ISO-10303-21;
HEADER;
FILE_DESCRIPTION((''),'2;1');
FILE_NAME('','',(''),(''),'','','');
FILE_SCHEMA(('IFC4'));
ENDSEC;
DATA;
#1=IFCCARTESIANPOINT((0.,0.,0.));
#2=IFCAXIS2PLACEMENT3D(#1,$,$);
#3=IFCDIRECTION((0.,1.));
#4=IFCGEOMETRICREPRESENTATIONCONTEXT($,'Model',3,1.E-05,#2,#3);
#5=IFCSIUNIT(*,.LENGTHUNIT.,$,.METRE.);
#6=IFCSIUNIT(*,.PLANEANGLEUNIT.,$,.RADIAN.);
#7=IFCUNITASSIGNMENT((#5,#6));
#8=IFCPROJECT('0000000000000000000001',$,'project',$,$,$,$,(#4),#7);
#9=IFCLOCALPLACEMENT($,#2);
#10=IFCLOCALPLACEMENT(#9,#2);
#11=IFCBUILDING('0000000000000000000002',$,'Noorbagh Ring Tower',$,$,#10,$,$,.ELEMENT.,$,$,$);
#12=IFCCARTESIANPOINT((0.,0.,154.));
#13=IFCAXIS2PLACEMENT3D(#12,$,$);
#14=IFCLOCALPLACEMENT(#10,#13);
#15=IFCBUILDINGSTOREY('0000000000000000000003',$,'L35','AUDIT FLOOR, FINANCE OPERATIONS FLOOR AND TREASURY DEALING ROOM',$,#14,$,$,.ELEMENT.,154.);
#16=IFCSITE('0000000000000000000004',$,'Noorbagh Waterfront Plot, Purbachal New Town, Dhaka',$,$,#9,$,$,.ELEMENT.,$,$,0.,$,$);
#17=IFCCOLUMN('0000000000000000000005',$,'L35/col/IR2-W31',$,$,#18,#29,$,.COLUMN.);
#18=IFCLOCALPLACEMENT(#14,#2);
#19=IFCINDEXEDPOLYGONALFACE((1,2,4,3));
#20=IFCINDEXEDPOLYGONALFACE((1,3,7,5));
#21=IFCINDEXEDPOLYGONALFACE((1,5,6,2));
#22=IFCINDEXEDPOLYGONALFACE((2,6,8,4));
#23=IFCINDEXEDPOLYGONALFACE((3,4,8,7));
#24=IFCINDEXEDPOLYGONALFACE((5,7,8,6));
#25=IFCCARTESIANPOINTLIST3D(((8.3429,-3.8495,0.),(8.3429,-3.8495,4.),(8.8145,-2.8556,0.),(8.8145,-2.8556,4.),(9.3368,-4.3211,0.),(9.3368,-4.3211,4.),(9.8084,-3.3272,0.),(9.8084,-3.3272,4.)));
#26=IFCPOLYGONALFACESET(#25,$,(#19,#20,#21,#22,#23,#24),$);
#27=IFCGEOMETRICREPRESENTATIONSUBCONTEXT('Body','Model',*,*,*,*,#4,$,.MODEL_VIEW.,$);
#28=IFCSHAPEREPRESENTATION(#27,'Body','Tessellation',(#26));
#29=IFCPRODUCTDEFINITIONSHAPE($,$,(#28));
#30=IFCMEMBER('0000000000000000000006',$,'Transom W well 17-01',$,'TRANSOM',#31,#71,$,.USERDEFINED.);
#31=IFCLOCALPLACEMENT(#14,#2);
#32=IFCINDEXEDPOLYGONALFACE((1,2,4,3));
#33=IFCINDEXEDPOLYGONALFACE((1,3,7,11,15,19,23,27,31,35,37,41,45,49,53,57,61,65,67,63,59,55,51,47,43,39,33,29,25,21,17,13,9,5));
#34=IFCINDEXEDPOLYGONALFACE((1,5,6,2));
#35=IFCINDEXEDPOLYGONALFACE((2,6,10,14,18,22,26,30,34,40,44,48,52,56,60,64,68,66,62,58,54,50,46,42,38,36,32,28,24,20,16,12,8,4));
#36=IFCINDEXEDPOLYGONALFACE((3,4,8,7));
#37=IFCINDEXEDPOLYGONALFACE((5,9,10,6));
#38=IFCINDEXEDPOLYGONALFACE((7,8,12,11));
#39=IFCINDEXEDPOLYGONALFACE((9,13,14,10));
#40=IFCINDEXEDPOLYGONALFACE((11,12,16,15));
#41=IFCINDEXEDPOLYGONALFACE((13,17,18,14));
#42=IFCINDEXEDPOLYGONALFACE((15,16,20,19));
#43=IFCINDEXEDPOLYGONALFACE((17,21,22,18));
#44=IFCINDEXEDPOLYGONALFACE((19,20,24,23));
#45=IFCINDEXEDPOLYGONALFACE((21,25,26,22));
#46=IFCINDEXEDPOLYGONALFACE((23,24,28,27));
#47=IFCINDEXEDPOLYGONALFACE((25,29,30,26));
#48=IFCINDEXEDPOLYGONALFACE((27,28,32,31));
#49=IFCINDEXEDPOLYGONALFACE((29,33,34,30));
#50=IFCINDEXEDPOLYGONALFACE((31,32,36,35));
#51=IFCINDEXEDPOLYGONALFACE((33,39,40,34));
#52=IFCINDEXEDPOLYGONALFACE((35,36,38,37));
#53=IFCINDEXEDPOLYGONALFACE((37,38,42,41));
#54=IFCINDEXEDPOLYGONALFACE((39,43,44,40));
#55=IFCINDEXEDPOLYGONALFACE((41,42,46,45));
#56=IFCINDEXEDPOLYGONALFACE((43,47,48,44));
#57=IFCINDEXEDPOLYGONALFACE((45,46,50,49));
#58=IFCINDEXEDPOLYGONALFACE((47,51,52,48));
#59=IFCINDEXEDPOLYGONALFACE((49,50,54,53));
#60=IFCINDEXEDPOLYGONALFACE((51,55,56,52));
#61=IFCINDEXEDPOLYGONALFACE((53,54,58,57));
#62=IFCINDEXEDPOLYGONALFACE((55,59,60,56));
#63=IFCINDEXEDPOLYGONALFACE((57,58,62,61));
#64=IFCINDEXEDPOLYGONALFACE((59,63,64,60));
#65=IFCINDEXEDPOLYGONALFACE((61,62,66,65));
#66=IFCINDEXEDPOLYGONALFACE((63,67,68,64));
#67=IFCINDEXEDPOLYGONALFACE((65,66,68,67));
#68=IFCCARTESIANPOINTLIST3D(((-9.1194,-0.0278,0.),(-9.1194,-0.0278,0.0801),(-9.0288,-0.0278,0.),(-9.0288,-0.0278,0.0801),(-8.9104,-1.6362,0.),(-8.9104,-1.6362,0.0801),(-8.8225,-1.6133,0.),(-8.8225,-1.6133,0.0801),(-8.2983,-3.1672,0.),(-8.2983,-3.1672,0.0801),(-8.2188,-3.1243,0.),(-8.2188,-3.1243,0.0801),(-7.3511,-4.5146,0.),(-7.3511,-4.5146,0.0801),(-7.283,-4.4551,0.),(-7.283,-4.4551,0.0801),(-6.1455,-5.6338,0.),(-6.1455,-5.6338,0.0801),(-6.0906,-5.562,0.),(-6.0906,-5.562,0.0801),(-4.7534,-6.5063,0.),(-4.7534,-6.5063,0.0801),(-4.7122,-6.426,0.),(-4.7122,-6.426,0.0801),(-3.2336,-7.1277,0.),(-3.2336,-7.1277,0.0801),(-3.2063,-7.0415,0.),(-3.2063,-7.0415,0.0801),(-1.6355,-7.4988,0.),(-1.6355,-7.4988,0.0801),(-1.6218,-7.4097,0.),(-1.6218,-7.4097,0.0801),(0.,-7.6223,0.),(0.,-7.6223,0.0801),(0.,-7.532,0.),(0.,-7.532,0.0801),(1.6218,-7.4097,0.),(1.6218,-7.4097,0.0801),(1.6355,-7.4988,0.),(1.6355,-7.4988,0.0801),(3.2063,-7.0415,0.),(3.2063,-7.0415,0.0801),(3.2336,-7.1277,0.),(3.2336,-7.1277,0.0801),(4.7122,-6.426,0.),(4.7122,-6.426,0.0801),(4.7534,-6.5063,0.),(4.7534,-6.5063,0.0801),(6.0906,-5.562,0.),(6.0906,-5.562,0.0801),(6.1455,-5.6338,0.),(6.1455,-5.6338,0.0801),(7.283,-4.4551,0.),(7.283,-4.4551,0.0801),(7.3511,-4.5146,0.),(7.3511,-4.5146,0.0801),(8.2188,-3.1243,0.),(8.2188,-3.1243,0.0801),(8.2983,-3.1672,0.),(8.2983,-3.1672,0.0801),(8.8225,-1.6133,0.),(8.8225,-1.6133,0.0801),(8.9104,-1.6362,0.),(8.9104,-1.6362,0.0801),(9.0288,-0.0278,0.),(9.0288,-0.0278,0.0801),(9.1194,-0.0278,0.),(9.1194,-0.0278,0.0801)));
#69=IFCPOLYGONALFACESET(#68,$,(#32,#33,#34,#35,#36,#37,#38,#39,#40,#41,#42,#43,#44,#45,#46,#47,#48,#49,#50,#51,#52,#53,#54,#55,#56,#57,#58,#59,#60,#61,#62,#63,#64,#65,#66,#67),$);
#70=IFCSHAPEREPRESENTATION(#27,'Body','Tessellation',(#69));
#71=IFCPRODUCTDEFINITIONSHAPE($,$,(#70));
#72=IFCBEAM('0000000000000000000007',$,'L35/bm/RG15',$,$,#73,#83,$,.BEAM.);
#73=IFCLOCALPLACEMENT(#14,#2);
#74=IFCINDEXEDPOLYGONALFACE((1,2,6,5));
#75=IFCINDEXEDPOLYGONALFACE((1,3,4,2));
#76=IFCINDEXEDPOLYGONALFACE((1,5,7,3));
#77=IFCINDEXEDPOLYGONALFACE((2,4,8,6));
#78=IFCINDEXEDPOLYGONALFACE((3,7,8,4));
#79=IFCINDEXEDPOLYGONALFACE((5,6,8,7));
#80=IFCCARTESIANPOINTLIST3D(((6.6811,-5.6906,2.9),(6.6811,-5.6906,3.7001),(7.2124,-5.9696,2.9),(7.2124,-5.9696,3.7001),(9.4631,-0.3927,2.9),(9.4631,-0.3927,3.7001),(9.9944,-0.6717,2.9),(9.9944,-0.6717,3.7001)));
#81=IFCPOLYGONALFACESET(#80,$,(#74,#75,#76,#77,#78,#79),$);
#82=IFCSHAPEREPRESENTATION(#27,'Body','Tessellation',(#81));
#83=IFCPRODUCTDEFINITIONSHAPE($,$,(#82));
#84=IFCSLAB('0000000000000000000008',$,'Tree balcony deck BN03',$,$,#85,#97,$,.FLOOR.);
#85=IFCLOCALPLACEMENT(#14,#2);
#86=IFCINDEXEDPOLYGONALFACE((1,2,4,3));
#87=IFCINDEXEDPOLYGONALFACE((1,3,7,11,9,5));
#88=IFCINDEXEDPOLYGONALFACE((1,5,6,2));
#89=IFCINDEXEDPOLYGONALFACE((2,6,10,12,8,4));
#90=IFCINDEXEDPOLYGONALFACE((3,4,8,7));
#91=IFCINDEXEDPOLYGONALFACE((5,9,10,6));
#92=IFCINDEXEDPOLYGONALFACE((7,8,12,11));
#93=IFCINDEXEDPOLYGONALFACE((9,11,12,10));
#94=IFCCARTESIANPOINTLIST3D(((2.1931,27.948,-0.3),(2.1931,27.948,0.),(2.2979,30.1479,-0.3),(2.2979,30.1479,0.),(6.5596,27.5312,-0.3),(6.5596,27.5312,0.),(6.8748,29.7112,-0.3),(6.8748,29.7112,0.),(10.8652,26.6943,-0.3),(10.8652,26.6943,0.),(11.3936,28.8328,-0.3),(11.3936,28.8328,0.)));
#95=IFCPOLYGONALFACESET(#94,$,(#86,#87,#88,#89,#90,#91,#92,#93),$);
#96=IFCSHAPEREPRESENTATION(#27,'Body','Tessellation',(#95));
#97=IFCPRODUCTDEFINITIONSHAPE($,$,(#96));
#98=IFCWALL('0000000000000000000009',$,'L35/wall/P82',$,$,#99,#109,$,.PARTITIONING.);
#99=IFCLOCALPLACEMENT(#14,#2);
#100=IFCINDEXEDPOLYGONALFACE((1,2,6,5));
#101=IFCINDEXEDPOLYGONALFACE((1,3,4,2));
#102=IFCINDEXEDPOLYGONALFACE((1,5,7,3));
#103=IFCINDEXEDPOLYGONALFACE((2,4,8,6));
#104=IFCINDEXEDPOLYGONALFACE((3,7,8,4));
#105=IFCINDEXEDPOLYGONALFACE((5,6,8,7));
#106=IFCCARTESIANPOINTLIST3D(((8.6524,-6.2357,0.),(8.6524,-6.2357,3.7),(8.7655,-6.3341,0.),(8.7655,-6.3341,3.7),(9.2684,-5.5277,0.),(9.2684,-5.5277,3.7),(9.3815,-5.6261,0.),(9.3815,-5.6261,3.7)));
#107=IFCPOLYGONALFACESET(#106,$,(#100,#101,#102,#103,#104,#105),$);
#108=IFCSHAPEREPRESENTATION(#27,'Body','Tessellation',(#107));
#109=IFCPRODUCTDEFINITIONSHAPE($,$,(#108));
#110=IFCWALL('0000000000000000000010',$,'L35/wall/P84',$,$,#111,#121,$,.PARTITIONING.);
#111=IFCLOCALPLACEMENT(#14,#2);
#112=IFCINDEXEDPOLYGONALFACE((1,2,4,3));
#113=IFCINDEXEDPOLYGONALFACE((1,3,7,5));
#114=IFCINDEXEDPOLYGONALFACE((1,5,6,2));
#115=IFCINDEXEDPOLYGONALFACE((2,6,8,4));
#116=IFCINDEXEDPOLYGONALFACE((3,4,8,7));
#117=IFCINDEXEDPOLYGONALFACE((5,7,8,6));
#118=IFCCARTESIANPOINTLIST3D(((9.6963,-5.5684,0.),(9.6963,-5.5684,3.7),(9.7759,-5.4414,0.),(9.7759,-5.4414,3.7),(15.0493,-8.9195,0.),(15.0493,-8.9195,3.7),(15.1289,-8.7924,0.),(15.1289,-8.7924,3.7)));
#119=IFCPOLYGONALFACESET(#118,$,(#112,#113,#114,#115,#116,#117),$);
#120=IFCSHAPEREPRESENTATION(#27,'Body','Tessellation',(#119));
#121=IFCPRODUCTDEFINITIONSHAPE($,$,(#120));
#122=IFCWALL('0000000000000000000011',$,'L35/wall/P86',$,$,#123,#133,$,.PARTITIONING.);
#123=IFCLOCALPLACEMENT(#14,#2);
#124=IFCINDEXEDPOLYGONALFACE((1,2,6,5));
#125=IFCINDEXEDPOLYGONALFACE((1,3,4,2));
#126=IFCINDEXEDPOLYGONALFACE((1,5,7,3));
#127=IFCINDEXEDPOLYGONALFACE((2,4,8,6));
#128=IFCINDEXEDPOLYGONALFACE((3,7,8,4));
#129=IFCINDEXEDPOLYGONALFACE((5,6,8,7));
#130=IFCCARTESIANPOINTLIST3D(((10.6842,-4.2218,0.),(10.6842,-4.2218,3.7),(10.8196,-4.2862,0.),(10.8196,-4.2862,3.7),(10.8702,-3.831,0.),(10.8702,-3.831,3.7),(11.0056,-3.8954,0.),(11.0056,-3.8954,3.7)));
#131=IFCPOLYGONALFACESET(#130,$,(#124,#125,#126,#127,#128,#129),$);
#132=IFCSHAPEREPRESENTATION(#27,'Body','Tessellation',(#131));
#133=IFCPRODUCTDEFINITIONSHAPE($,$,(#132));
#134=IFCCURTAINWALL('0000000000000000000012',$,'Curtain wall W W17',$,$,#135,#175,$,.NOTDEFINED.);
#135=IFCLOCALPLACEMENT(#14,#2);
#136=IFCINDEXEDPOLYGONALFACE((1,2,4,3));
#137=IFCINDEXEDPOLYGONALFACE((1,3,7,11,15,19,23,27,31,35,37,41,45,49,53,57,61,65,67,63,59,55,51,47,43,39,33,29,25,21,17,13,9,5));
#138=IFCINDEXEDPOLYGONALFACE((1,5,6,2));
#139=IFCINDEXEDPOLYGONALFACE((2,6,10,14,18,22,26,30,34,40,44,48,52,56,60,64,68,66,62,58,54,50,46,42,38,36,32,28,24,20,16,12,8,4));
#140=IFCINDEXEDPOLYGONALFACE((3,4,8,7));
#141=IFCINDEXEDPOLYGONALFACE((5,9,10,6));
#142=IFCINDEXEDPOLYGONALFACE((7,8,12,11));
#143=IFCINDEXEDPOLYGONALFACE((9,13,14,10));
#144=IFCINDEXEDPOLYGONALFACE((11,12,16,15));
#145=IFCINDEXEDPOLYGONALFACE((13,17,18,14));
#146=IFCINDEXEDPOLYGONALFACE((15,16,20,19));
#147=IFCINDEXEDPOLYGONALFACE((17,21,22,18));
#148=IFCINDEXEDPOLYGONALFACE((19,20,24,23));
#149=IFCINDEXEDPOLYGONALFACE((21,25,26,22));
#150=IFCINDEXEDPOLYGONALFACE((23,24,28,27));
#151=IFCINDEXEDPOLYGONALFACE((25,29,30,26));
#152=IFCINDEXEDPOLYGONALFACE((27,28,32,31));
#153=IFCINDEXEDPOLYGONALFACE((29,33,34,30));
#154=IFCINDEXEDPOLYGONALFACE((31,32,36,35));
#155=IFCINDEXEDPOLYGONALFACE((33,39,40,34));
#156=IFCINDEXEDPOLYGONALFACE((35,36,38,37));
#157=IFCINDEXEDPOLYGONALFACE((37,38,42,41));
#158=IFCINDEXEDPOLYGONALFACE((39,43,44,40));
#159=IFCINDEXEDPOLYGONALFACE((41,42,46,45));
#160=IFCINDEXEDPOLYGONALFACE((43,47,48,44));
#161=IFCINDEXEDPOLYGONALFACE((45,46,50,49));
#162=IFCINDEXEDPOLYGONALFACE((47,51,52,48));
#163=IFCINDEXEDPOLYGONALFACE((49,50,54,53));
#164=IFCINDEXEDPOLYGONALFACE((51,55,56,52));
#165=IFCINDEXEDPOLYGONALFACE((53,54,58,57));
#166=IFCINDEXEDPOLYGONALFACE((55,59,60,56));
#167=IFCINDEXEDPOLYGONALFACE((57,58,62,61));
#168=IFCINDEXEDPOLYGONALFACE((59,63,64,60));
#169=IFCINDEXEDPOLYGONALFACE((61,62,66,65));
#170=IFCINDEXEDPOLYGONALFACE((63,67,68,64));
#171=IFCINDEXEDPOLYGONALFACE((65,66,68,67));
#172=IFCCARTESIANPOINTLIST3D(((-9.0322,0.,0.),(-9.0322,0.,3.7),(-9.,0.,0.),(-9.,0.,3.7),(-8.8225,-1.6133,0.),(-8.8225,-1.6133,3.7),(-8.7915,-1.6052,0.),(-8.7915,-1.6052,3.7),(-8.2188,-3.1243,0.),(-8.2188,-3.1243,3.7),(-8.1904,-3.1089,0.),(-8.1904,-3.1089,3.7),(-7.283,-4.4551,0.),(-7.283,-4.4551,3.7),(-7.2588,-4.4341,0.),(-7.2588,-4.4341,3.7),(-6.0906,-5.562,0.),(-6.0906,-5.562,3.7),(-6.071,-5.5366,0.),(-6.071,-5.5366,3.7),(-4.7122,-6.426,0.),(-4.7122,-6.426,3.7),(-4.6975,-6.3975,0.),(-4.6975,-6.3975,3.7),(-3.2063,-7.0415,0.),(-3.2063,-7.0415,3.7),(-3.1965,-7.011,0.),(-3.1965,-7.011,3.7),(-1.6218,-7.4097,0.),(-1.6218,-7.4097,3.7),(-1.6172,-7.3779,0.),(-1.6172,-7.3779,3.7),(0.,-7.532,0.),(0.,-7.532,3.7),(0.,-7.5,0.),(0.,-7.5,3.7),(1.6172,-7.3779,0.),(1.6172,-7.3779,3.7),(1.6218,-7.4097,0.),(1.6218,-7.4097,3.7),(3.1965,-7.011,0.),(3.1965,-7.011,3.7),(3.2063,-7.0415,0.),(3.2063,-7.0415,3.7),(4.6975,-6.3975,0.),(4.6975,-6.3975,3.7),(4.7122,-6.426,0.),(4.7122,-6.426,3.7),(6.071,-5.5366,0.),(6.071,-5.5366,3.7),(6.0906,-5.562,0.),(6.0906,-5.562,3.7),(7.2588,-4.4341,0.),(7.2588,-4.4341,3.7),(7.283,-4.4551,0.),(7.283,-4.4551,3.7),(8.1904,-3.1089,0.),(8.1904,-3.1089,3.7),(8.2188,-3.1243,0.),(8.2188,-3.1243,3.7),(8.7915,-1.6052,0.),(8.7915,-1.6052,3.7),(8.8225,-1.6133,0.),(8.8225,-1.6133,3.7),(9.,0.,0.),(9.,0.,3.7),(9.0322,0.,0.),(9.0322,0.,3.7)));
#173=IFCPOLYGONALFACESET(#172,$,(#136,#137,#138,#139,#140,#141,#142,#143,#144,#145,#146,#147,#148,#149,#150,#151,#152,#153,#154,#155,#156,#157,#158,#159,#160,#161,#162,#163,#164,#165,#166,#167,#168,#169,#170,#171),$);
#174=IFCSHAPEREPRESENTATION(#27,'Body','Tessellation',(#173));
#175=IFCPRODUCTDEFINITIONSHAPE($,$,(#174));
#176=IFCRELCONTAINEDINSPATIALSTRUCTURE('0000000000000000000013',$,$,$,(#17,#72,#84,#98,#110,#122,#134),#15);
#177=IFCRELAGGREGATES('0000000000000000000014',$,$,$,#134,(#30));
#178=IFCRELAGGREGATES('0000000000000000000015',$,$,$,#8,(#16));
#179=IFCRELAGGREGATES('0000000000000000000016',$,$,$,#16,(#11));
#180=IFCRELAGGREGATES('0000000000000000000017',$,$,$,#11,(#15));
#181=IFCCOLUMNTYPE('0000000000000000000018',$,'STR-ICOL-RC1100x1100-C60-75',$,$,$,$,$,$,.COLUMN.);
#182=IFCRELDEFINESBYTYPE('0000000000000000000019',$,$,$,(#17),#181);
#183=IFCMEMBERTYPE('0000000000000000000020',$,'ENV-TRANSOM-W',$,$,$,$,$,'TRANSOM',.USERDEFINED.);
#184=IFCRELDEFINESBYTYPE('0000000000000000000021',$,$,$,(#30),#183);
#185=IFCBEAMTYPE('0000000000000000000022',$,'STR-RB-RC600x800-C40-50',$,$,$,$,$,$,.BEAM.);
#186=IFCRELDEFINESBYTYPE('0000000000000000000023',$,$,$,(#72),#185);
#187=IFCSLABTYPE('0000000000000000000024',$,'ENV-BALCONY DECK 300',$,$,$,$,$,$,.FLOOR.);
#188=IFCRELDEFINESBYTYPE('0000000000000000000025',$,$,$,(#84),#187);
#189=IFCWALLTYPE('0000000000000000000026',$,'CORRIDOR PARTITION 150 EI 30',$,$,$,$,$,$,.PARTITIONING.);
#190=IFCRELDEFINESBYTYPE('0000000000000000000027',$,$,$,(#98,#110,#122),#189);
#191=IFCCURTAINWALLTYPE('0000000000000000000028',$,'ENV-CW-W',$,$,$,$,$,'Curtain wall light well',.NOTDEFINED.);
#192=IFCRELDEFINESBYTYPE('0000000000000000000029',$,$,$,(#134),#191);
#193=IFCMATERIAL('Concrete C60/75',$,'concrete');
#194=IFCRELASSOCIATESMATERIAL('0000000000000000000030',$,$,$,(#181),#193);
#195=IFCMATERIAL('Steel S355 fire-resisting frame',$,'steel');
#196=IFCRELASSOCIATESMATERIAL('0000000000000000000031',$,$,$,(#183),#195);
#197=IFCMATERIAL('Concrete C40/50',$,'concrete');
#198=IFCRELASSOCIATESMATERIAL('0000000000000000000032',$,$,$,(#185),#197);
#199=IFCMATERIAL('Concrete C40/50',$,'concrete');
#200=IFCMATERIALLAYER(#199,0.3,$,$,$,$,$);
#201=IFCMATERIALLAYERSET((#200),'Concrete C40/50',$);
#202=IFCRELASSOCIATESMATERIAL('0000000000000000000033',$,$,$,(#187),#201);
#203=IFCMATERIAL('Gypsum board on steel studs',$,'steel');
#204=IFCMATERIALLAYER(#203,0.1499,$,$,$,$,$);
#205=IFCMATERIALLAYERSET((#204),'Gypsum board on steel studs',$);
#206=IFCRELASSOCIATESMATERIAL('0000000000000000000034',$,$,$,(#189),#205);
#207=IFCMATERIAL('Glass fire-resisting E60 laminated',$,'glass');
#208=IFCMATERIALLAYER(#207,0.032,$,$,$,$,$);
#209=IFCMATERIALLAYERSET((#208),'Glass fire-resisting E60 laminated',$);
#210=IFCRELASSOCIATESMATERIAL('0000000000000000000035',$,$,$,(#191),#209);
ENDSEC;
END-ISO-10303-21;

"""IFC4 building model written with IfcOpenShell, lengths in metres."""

from ifc_helpers import new_model, si_unit, direction, frame, frame_2d, origin, origin_2d, place, context, subcontext, project, spatial, polyline, rectangle, outline, extrude, material, layer, layer_set, material_profile, profile_set, type_object, element, aggregate, save


model = new_model("IFC4")

# Units and contexts
model_context = context("Model", 3, precision=1e-05, world=origin(), true_north=direction((0.0, 1.0)))
body_context = subcontext(model_context, "Body", "Model", "MODEL_VIEW")
ifc_project = project(units=[si_unit("LENGTHUNIT", "METRE"), si_unit("PLANEANGLEUNIT", "RADIAN")], contexts=[model_context])

# Site, building, storey
site_placement = place(None, origin())
site = spatial("IfcSite", under=ifc_project, at=site_placement, Name="Noorbagh Waterfront Plot, Purbachal New Town, Dhaka", CompositionType="ELEMENT", RefElevation=0.0)
building_placement = place(site_placement, origin())
building = spatial("IfcBuilding", under=site, at=building_placement, Name="Noorbagh Ring Tower", CompositionType="ELEMENT")
storey_placement = place(building_placement, frame((0.0, 0.0, 154.0)))
storey = spatial("IfcBuildingStorey", under=building, at=storey_placement, Name="L35", Description="AUDIT FLOOR, FINANCE OPERATIONS FLOOR AND TREASURY DEALING ROOM", CompositionType="ELEMENT", Elevation=154.0)

# Column
ifc_material_1 = material(Name="Concrete C60/75", Category="concrete")
ifc_material_profile_1 = material_profile(ifc_material_1, rectangle(XDim=1.1001, YDim=1.1001, at=origin_2d()), Name="RC1100x1100")
ifc_profile_set_1 = profile_set([ifc_material_profile_1], Name="Concrete C60/75")
column_type = type_object("IfcColumnType", Name="STR-ICOL-RC1100x1100-C60-75", PredefinedType="COLUMN", material=ifc_profile_set_1)
column_placement = place(storey_placement, frame((9.0757, -3.5884, 0.0), z_axis=(0.0, 0.0, 1.0), x_axis=(0.428667, 0.903463, 0.0)))
element("IfcColumn", 1, at=column_placement, inside=storey, type_object=column_type, Name="L35/col/IR2-W31", PredefinedType="COLUMN", context=body_context, shape_type="SweptSolid", body=[
    extrude(rectangle(XDim=1.1001, YDim=1.1001, at=origin_2d()), origin(), (0.0, 0.0, 1.0), 4.0),
])

# Member
ifc_material_2 = material(Name="Steel S355 fire-resisting frame", Category="steel")
member_type = type_object("IfcMemberType", Name="ENV-TRANSOM-W", ElementType="TRANSOM", PredefinedType="USERDEFINED", material=ifc_material_2)
member_placement = place(storey_placement, origin())
member = element("IfcMember", 2, at=member_placement, type_object=member_type, Name="Transom W well 17-01", ObjectType="TRANSOM", PredefinedType="USERDEFINED", context=body_context, shape_type="SweptSolid", body=[
    extrude(outline(polyline([(-9.1194, -0.0278), (-8.9104, -1.6362), (-8.2983, -3.1672), (-7.3511, -4.5146), (-6.1455, -5.6338), (-4.7534, -6.5063), (-3.2336, -7.1277), (-1.6355, -7.4988), (0.0, -7.6223), (1.6355, -7.4988), (3.2336, -7.1277), (4.7534, -6.5063), (6.1455, -5.6338), (7.3511, -4.5146), (8.2983, -3.1672), (8.9104, -1.6362), (9.1194, -0.0278), (9.0288, -0.0278), (8.8225, -1.6133), (8.2188, -3.1243), (7.283, -4.4551), (6.0906, -5.562), (4.7122, -6.426), (3.2063, -7.0415), (1.6218, -7.4097), (0.0, -7.532), (-1.6218, -7.4097), (-3.2063, -7.0415), (-4.7122, -6.426), (-6.0906, -5.562), (-7.283, -4.4551), (-8.2188, -3.1243), (-8.8225, -1.6133), (-9.0288, -0.0278), (-9.1194, -0.0278)])), origin(), (0.0, 0.0, 1.0), 0.0801),
])

# Beam
ifc_material_3 = material(Name="Concrete C40/50", Category="concrete")
ifc_material_profile_2 = material_profile(ifc_material_3, rectangle(XDim=0.6001, YDim=0.8, at=origin_2d()), Name="RC600x800")
ifc_profile_set_2 = profile_set([ifc_material_profile_2], Name="Concrete C40/50")
beam_type = type_object("IfcBeamType", Name="STR-RB-RC600x800-C40-50", PredefinedType="BEAM", material=ifc_profile_set_2)
beam_placement = place(storey_placement, frame((6.9468, -5.8301, 3.3), z_axis=(0.464914, 0.885356, 0.0), x_axis=(-0.885356, 0.464914, 0.0)))
element("IfcBeam", 3, at=beam_placement, inside=storey, type_object=beam_type, Name="L35/bm/RG15", PredefinedType="BEAM", context=body_context, shape_type="SweptSolid", body=[
    extrude(rectangle(XDim=0.6001, YDim=0.8, at=origin_2d()), origin(), (0.0, 0.0, 1.0), 5.9839),
])

# Slab
ifc_material_4 = material(Name="Concrete C40/50", Category="concrete")
ifc_layer_1 = layer(ifc_material_4, 0.3)
ifc_layer_set_1 = layer_set([ifc_layer_1], Name="Concrete C40/50")
slab_type = type_object("IfcSlabType", Name="ENV-BALCONY DECK 300", PredefinedType="FLOOR", material=ifc_layer_set_1)
slab_placement = place(storey_placement, frame((0.0, 0.0, -0.3)))
element("IfcSlab", 4, at=slab_placement, inside=storey, type_object=slab_type, Name="Tree balcony deck BN03", PredefinedType="FLOOR", context=body_context, shape_type="SweptSolid", body=[
    extrude(outline(polyline([(11.3936, 28.8328), (6.8748, 29.7112), (2.2979, 30.1479), (2.1931, 27.948), (6.5596, 27.5312), (10.8652, 26.6943), (11.3936, 28.8328)])), origin(), (0.0, 0.0, 1.0), 0.3),
])

# Walls
ifc_material_5 = material(Name="Gypsum board on steel studs", Category="steel")
ifc_layer_2 = layer(ifc_material_5, 0.1499)
ifc_layer_set_2 = layer_set([ifc_layer_2], Name="Gypsum board on steel studs")
wall_type = type_object("IfcWallType", Name="CORRIDOR PARTITION 150 EI 30", PredefinedType="PARTITIONING", material=ifc_layer_set_2)
wall_1_placement = place(storey_placement, frame((8.709, -6.2849, 0.0), z_axis=(0.0, 0.0, 1.0), x_axis=(0.656365, 0.754443, 0.0)))
element("IfcWall", 5, at=wall_1_placement, inside=storey, type_object=wall_type, Name="L35/wall/P82", PredefinedType="PARTITIONING", context=body_context, shape_type="SweptSolid", body=[
    extrude(rectangle(XDim=0.9385, YDim=0.1499, at=frame_2d((0.4692, 0.0))), origin(), (0.0, 0.0, 1.0), 3.7),
])
wall_2_placement = place(storey_placement, frame((9.7361, -5.5049, 0.0), z_axis=(0.0, 0.0, 1.0), x_axis=(0.847612, -0.530617, 0.0)))
element("IfcWall", 6, at=wall_2_placement, inside=storey, type_object=wall_type, Name="L35/wall/P84", PredefinedType="PARTITIONING", context=body_context, shape_type="SweptSolid", body=[
    extrude(rectangle(XDim=6.3154, YDim=0.1499, at=frame_2d((3.1577, 0.0))), origin(), (0.0, 0.0, 1.0), 3.7),
])
wall_3_placement = place(storey_placement, frame((10.752, -4.2539, 0.0), z_axis=(0.0, 0.0, 1.0), x_axis=(0.429758, 0.902944, 0.0)))
element("IfcWall", 7, at=wall_3_placement, inside=storey, type_object=wall_type, Name="L35/wall/P86", PredefinedType="PARTITIONING", context=body_context, shape_type="SweptSolid", body=[
    extrude(rectangle(XDim=0.4329, YDim=0.1499, at=frame_2d((0.2163, 0.0))), origin(), (0.0, 0.0, 1.0), 3.7),
])

# Curtain wall
ifc_material_6 = material(Name="Glass fire-resisting E60 laminated", Category="glass")
ifc_layer_3 = layer(ifc_material_6, 0.032)
ifc_layer_set_3 = layer_set([ifc_layer_3], Name="Glass fire-resisting E60 laminated")
curtain_wall_type = type_object("IfcCurtainWallType", Name="ENV-CW-W", ElementType="Curtain wall light well", PredefinedType="NOTDEFINED", material=ifc_layer_set_3)
curtain_wall_placement = place(storey_placement, origin())
curtain_wall = element("IfcCurtainWall", 8, at=curtain_wall_placement, inside=storey, type_object=curtain_wall_type, Name="Curtain wall W W17", PredefinedType="NOTDEFINED", context=body_context, shape_type="SweptSolid", body=[
    extrude(outline(polyline([(-9.0322, 0.0), (-8.8225, -1.6133), (-8.2188, -3.1243), (-7.283, -4.4551), (-6.0906, -5.562), (-4.7122, -6.426), (-3.2063, -7.0415), (-1.6218, -7.4097), (0.0, -7.532), (1.6218, -7.4097), (3.2063, -7.0415), (4.7122, -6.426), (6.0906, -5.562), (7.283, -4.4551), (8.2188, -3.1243), (8.8225, -1.6133), (9.0322, 0.0), (9.0, 0.0), (8.7915, -1.6052), (8.1904, -3.1089), (7.2588, -4.4341), (6.071, -5.5366), (4.6975, -6.3975), (3.1965, -7.011), (1.6172, -7.3779), (0.0, -7.5), (-1.6172, -7.3779), (-3.1965, -7.011), (-4.6975, -6.3975), (-6.071, -5.5366), (-7.2588, -4.4341), (-8.1904, -3.1089), (-8.7915, -1.6052), (-9.0, 0.0), (-9.0322, 0.0)])), origin(), (0.0, 0.0, 1.0), 3.7),
])
aggregate(curtain_wall, [member])

save(model, "model.ifc")
